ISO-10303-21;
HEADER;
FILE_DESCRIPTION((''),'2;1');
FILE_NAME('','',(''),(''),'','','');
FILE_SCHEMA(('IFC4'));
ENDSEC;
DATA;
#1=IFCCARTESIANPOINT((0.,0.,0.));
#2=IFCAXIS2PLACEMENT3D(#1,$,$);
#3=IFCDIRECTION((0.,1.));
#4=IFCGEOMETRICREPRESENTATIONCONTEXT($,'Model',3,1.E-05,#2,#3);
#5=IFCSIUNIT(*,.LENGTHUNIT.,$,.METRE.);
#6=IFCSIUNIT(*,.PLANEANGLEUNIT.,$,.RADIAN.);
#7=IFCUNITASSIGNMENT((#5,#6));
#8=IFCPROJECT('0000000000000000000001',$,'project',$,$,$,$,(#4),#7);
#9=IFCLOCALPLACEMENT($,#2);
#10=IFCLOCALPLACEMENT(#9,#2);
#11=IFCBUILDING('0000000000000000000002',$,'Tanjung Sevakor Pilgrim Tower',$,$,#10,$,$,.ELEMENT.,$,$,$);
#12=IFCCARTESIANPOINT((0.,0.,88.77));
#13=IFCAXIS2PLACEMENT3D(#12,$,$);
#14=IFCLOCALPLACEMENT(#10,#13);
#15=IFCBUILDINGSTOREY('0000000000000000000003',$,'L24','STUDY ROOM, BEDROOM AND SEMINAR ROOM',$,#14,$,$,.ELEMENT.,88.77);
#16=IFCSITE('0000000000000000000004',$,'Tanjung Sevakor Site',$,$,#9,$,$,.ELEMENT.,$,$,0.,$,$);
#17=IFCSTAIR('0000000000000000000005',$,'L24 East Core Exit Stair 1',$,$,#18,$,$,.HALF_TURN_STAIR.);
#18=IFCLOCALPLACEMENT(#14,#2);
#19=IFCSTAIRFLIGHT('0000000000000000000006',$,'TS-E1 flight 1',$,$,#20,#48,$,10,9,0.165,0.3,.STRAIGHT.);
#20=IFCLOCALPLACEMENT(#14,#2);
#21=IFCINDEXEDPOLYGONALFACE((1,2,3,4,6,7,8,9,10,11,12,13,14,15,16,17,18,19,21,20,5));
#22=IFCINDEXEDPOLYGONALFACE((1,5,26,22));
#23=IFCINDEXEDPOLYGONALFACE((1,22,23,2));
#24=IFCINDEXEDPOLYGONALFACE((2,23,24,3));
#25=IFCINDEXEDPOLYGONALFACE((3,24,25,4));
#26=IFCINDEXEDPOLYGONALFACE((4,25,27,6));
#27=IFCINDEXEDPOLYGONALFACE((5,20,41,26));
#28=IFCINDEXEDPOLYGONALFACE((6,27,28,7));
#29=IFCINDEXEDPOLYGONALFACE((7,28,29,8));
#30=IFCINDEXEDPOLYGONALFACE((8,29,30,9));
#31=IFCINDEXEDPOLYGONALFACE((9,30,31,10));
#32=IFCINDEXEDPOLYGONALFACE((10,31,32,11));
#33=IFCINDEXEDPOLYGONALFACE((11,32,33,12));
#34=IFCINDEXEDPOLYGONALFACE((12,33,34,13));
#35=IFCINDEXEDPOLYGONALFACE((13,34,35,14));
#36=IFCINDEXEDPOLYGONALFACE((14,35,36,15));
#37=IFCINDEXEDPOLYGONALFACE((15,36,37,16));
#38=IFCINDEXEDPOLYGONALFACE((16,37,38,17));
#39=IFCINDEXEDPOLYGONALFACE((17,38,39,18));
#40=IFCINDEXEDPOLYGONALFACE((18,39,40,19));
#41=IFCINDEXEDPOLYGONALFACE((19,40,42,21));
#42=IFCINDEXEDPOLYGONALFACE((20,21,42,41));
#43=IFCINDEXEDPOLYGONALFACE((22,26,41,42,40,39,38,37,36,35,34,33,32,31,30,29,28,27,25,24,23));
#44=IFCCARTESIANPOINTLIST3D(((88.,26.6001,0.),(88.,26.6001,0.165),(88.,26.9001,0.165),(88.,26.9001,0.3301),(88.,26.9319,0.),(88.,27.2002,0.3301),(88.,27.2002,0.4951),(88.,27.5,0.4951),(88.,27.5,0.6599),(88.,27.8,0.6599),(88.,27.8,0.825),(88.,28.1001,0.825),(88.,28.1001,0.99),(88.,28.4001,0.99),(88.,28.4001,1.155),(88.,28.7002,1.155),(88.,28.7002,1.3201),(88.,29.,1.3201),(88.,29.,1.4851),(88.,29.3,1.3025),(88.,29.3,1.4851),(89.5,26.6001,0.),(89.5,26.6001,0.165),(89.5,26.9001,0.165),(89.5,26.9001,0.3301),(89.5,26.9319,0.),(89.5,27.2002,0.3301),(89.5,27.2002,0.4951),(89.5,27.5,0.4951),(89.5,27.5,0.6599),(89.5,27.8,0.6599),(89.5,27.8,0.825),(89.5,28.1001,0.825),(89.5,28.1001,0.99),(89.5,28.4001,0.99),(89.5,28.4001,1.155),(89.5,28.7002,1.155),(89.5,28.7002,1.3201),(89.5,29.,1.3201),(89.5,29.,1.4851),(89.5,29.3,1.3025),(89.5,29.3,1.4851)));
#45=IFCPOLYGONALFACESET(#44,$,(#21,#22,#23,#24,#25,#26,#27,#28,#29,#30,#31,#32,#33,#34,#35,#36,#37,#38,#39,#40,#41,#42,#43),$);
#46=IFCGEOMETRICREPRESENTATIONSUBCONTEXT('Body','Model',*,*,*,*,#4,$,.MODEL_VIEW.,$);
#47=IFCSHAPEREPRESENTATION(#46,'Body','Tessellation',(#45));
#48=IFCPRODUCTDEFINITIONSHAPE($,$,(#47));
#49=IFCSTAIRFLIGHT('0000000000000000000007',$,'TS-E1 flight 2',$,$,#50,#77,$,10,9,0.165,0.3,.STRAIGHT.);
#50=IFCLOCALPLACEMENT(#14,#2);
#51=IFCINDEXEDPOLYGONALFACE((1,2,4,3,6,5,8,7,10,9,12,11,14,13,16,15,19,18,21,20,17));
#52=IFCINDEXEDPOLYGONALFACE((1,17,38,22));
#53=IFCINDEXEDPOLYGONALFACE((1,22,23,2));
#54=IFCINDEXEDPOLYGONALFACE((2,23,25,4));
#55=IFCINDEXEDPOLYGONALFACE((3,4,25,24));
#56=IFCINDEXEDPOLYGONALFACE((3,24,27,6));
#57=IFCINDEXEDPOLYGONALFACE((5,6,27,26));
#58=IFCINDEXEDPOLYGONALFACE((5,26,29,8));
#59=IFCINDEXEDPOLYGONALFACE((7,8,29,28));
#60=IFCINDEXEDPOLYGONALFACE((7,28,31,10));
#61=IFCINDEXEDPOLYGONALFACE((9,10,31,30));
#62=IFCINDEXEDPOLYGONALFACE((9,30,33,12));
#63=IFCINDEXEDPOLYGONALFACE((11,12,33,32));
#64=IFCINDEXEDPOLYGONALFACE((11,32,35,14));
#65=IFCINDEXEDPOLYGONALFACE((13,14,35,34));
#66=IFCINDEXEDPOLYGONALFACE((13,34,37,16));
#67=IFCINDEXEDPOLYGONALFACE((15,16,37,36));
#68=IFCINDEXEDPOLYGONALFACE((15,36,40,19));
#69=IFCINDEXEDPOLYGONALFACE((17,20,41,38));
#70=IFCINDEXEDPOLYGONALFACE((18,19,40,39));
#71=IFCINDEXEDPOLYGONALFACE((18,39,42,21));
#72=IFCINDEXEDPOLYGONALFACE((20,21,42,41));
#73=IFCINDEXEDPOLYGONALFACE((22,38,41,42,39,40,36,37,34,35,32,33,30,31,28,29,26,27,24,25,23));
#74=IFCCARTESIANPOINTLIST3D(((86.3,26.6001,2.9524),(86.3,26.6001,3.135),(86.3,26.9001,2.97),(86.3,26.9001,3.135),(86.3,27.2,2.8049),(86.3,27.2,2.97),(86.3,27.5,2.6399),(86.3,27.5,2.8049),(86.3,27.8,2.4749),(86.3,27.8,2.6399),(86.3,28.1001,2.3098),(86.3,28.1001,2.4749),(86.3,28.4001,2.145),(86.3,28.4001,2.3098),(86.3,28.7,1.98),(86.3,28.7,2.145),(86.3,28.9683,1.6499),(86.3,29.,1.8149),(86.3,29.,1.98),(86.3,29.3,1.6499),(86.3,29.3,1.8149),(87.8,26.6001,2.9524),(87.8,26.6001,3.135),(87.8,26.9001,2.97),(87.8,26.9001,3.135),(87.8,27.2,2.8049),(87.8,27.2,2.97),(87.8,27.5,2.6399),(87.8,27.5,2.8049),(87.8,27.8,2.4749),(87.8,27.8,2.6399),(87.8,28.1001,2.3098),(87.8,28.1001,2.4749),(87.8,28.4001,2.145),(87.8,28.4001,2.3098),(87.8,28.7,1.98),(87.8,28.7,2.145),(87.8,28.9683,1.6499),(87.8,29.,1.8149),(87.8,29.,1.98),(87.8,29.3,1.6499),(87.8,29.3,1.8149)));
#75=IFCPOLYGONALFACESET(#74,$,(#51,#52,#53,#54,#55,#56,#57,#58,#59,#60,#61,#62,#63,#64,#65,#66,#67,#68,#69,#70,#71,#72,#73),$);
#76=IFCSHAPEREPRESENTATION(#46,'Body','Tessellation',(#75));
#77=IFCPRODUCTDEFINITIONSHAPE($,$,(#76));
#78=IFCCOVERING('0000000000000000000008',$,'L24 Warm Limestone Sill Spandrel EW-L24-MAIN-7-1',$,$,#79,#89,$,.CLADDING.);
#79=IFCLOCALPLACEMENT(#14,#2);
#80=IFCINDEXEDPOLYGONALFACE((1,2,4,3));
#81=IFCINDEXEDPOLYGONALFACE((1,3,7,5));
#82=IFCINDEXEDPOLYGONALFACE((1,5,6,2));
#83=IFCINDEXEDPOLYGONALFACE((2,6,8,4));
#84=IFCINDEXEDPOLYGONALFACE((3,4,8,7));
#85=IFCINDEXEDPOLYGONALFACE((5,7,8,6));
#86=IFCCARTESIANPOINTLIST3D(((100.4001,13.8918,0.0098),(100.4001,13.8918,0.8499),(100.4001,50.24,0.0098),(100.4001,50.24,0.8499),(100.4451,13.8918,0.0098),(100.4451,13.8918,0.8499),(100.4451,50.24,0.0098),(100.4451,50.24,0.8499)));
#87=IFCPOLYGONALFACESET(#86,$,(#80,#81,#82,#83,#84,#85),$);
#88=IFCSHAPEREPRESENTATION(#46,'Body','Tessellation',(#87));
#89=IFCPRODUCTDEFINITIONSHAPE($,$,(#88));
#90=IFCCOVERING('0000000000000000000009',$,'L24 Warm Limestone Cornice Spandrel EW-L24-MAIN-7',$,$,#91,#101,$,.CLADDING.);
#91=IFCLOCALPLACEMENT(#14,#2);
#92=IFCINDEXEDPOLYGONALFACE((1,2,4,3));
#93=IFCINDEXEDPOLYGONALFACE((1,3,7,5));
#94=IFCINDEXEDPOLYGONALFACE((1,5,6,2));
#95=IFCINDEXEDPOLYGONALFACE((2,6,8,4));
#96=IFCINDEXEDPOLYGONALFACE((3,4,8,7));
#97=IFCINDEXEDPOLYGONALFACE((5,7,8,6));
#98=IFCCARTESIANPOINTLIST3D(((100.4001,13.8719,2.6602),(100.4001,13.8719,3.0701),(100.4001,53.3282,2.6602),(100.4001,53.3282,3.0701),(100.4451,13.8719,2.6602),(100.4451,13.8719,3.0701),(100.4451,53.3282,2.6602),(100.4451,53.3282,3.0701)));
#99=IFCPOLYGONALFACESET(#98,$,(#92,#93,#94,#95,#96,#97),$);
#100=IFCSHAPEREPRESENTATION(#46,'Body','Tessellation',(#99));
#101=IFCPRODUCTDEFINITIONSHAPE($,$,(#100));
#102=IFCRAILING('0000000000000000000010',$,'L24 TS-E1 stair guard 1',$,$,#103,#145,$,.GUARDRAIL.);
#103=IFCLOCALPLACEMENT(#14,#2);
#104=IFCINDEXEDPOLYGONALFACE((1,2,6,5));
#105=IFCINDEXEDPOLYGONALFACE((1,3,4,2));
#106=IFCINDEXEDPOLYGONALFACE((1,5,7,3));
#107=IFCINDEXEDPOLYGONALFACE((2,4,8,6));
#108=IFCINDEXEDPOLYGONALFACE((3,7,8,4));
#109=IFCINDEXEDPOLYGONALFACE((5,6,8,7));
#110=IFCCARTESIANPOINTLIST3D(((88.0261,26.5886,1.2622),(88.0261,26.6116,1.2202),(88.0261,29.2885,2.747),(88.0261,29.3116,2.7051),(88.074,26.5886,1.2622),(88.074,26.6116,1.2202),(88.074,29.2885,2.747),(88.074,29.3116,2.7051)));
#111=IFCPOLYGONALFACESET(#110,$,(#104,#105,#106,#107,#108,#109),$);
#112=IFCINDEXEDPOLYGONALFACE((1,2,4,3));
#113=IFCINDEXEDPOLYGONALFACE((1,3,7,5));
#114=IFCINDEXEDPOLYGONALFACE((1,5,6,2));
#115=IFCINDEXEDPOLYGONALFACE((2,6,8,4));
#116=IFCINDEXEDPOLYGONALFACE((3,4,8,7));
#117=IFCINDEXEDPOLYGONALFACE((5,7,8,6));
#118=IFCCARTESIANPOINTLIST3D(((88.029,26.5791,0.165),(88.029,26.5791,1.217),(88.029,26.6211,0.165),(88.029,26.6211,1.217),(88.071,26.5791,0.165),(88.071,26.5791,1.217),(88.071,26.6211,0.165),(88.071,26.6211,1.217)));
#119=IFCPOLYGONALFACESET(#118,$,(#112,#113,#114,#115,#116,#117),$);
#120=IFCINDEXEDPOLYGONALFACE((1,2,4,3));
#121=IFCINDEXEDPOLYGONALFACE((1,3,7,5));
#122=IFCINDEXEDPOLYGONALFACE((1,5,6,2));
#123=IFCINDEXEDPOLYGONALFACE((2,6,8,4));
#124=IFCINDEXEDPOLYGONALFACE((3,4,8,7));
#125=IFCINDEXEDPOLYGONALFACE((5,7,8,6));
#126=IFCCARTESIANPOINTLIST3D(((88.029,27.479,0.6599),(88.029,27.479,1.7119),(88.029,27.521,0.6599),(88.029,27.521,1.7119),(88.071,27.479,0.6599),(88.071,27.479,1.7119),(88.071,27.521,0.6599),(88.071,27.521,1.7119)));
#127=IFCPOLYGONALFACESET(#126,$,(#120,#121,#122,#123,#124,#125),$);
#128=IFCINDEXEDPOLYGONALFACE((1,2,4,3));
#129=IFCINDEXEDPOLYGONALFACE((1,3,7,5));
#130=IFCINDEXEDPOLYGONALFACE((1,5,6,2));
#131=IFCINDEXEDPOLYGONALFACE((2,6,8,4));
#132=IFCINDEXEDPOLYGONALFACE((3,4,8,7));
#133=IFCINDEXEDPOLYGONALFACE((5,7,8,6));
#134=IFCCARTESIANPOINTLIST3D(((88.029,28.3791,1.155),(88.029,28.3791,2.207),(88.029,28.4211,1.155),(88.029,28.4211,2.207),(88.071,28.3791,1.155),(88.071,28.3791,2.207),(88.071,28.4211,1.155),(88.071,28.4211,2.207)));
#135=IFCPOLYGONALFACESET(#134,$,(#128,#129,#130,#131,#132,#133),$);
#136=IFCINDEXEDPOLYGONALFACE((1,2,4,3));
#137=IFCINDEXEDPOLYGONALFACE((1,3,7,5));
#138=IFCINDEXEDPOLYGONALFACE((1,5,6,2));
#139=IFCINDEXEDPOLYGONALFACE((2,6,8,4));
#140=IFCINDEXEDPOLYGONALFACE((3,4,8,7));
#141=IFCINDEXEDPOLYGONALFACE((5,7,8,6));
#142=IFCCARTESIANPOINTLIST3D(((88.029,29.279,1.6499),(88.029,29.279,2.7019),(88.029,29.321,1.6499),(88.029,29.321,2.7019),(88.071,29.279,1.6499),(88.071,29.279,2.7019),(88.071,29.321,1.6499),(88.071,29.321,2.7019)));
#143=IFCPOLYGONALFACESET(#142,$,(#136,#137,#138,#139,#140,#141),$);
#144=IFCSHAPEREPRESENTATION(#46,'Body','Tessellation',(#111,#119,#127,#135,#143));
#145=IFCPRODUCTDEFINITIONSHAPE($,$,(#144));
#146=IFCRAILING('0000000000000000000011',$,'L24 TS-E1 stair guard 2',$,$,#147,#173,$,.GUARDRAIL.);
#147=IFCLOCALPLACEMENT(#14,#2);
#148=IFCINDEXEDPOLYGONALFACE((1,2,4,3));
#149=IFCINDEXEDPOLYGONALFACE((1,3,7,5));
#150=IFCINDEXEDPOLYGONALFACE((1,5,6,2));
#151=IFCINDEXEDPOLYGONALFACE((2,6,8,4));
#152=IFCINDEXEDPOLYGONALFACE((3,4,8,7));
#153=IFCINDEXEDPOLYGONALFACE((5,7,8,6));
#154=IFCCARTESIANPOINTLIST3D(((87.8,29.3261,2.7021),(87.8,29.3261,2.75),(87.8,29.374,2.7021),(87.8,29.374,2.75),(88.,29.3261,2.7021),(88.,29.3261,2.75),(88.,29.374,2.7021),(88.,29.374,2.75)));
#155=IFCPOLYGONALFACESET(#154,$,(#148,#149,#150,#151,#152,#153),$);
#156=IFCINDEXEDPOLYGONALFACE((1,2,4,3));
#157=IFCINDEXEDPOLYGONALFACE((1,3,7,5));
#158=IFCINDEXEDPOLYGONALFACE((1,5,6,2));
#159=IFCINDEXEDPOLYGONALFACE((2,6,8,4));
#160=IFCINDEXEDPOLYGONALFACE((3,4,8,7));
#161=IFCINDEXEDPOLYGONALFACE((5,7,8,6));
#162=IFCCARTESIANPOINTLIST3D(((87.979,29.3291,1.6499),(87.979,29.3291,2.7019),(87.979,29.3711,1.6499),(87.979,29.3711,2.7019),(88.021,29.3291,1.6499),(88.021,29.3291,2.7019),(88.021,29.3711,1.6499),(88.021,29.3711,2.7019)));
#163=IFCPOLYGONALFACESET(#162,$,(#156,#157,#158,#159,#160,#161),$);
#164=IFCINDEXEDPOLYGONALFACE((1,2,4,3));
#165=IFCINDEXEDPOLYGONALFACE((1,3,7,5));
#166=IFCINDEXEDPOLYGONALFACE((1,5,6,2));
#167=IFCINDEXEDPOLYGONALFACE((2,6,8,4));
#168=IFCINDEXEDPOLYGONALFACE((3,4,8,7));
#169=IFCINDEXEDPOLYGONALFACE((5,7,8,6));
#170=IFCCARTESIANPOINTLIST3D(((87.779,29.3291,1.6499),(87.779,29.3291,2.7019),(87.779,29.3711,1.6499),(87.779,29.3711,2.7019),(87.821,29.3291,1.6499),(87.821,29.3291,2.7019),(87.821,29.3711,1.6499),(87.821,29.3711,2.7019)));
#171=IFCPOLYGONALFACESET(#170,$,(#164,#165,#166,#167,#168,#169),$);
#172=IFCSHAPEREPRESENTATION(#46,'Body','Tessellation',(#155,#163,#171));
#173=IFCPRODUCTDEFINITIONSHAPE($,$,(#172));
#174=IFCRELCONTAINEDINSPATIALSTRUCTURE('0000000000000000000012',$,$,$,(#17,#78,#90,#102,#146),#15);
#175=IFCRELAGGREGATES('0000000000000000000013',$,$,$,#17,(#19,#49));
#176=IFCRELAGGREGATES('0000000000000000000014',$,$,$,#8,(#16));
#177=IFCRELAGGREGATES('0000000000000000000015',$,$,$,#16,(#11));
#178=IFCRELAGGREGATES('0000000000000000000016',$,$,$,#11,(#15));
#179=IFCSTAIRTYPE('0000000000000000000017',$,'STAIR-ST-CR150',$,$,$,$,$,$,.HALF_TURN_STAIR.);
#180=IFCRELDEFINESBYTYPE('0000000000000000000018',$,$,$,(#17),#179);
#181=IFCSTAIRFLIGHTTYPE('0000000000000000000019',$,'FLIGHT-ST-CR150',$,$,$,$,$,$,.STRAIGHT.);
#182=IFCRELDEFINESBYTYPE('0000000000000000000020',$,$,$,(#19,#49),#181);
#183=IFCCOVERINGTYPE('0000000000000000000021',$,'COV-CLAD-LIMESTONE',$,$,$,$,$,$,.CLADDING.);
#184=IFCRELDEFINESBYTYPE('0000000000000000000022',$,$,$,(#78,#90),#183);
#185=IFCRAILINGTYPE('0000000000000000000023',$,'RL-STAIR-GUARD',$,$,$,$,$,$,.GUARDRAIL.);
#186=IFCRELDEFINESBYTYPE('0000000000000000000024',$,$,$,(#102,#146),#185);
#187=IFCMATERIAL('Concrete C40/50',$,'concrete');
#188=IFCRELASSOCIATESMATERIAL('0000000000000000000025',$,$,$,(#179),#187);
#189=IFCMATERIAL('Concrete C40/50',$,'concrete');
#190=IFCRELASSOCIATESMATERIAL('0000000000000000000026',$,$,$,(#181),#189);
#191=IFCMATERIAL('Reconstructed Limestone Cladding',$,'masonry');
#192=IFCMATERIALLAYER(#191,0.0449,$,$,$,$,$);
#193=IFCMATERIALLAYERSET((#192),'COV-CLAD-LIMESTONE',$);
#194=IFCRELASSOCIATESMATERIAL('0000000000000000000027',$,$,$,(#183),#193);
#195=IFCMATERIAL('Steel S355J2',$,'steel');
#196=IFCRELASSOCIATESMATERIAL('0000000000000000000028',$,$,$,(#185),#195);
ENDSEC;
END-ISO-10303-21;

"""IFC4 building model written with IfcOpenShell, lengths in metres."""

from ifc_helpers import new_model, si_unit, direction, frame, origin, origin_2d, place, context, subcontext, project, spatial, polyline, rectangle, outline, extrude, material, layer, layer_set, type_object, element, aggregate, save


model = new_model("IFC4")

# Units and contexts
model_context = context("Model", 3, precision=1e-05, world=origin(), true_north=direction((0.0, 1.0)))
body_context = subcontext(model_context, "Body", "Model", "MODEL_VIEW")
ifc_project = project(units=[si_unit("LENGTHUNIT", "METRE"), si_unit("PLANEANGLEUNIT", "RADIAN")], contexts=[model_context])

# Site, building, storey
site_placement = place(None, origin())
site = spatial("IfcSite", under=ifc_project, at=site_placement, Name="Tanjung Sevakor Site", CompositionType="ELEMENT", RefElevation=0.0)
building_placement = place(site_placement, origin())
building = spatial("IfcBuilding", under=site, at=building_placement, Name="Tanjung Sevakor Pilgrim Tower", CompositionType="ELEMENT")
storey_placement = place(building_placement, frame((0.0, 0.0, 88.77)))
storey = spatial("IfcBuildingStorey", under=building, at=storey_placement, Name="L24", Description="STUDY ROOM, BEDROOM AND SEMINAR ROOM", CompositionType="ELEMENT", Elevation=88.77)

# Stair, stair flights
ifc_material_1 = material(Name="Concrete C40/50", Category="concrete")
stair_type = type_object("IfcStairType", Name="STAIR-ST-CR150", PredefinedType="HALF_TURN_STAIR", material=ifc_material_1)
stair_placement = place(storey_placement, origin())
stair = element("IfcStair", 1, at=stair_placement, inside=storey, type_object=stair_type, Name="L24 East Core Exit Stair 1", PredefinedType="HALF_TURN_STAIR")
ifc_material_2 = material(Name="Concrete C40/50", Category="concrete")
stair_flight_type = type_object("IfcStairFlightType", Name="FLIGHT-ST-CR150", PredefinedType="STRAIGHT", material=ifc_material_2)
stair_flight_1_placement = place(storey_placement, frame((88.75, 26.6001, 0.0), z_axis=(0.0, 0.0, 1.0), x_axis=(0.0, 1.0, 0.0)))
stair_flight_1 = element("IfcStairFlight", 2, at=stair_flight_1_placement, type_object=stair_flight_type, Name="TS-E1 flight 1", NumberOfRisers=10, NumberOfTreads=9, PredefinedType="STRAIGHT", RiserHeight=0.165, TreadLength=0.3, context=body_context, shape_type="SweptSolid", body=[
    extrude(outline(polyline([(0.0, 0.0), (0.0, 0.165), (0.3, 0.165), (0.3, 0.3301), (0.6001, 0.3301), (0.6001, 0.4951), (0.8999, 0.4951), (0.8999, 0.6599), (1.2, 0.6599), (1.2, 0.825), (1.5, 0.825), (1.5, 0.99), (1.8, 0.99), (1.8, 1.155), (2.1001, 1.155), (2.1001, 1.3201), (2.3999, 1.3201), (2.3999, 1.4851), (2.7, 1.4851), (2.7, 1.6499), (2.7, 1.3025), (0.3318, 0.0), (0.0, 0.0)])), frame((0.0, 0.75, 0.0), z_axis=(0.0, -1.0, 0.0), x_axis=(1.0, 0.0, 0.0)), (0.0, 0.0, 1.0), 1.5),
])
stair_flight_2_placement = place(storey_placement, frame((87.05, 29.3, 1.6499), z_axis=(0.0, 0.0, 1.0), x_axis=(0.0, -1.0, 0.0)))
stair_flight_2 = element("IfcStairFlight", 3, at=stair_flight_2_placement, type_object=stair_flight_type, Name="TS-E1 flight 2", NumberOfRisers=10, NumberOfTreads=9, PredefinedType="STRAIGHT", RiserHeight=0.165, TreadLength=0.3, context=body_context, shape_type="SweptSolid", body=[
    extrude(outline(polyline([(0.0, 0.0), (0.0, 0.165), (0.3, 0.165), (0.3, 0.3301), (0.6001, 0.3301), (0.6001, 0.4951), (0.8999, 0.4951), (0.8999, 0.6599), (1.2, 0.6599), (1.2, 0.825), (1.5, 0.825), (1.5, 0.99), (1.8, 0.99), (1.8, 1.155), (2.1001, 1.155), (2.1001, 1.3201), (2.3999, 1.3201), (2.3999, 1.4851), (2.7, 1.4851), (2.7, 1.6499), (2.7, 1.3025), (0.3318, 0.0), (0.0, 0.0)])), frame((0.0, 0.75, 0.0), z_axis=(0.0, -1.0, 0.0), x_axis=(1.0, 0.0, 0.0)), (0.0, 0.0, 1.0), 1.5),
])
aggregate(stair, [stair_flight_1, stair_flight_2])

# Coverings
ifc_material_3 = material(Name="Reconstructed Limestone Cladding", Category="masonry")
ifc_layer_1 = layer(ifc_material_3, 0.0449)
ifc_layer_set_1 = layer_set([ifc_layer_1], Name="COV-CLAD-LIMESTONE")
covering_type = type_object("IfcCoveringType", Name="COV-CLAD-LIMESTONE", PredefinedType="CLADDING", material=ifc_layer_set_1)
covering_1_placement = place(storey_placement, frame((100.4226, 32.0659, 0.0098), z_axis=(0.0, 0.0, 1.0), x_axis=(0.0, 1.0, 0.0)))
element("IfcCovering", 4, at=covering_1_placement, inside=storey, type_object=covering_type, Name="L24 Warm Limestone Sill Spandrel EW-L24-MAIN-7-1", PredefinedType="CLADDING", context=body_context, shape_type="SweptSolid", body=[
    extrude(rectangle(XDim=36.3481, YDim=0.0449, at=origin_2d()), origin(), (0.0, 0.0, 1.0), 0.8401),
])
covering_2_placement = place(storey_placement, frame((100.4226, 33.6001, 2.6602), z_axis=(0.0, 0.0, 1.0), x_axis=(0.0, 1.0, 0.0)))
element("IfcCovering", 5, at=covering_2_placement, inside=storey, type_object=covering_type, Name="L24 Warm Limestone Cornice Spandrel EW-L24-MAIN-7", PredefinedType="CLADDING", context=body_context, shape_type="SweptSolid", body=[
    extrude(rectangle(XDim=39.4563, YDim=0.0449, at=origin_2d()), origin(), (0.0, 0.0, 1.0), 0.4099),
])

# Railings
ifc_material_4 = material(Name="Steel S355J2", Category="steel")
railing_type_1 = type_object("IfcRailingType", Name="RL-STAIR-GUARD", PredefinedType="GUARDRAIL", material=ifc_material_4)
railing_1_placement = place(storey_placement, frame((88.05, 26.6001, 0.165)))
element("IfcRailing", 6, at=railing_1_placement, inside=storey, type_object=railing_type_1, Name="L24 TS-E1 stair guard 1", PredefinedType="GUARDRAIL", context=body_context, shape_type="SweptSolid", body=[
    extrude(rectangle(XDim=0.0479, YDim=0.0479), frame((0.0, 0.0, 1.0762), z_axis=(0.0, 0.876231, 0.481891), x_axis=(-1.0, 0.0, 0.0)), (0.0, 0.0, 1.0), 3.0813),
    extrude(rectangle(XDim=0.042, YDim=0.042), origin(), (0.0, 0.0, 1.0), 1.052),
    extrude(rectangle(XDim=0.042, YDim=0.042), frame((0.0, 0.8999, 0.4949)), (0.0, 0.0, 1.0), 1.052),
    extrude(rectangle(XDim=0.042, YDim=0.042), frame((0.0, 1.8, 0.99)), (0.0, 0.0, 1.0), 1.052),
    extrude(rectangle(XDim=0.042, YDim=0.042), frame((0.0, 2.7, 1.4849)), (0.0, 0.0, 1.0), 1.052),
])
railing_2_placement = place(storey_placement, frame((88.0, 29.3501, 1.6499)))
element("IfcRailing", 7, at=railing_2_placement, inside=storey, type_object=railing_type_1, Name="L24 TS-E1 stair guard 2", PredefinedType="GUARDRAIL", context=body_context, shape_type="SweptSolid", body=[
    extrude(rectangle(XDim=0.0479, YDim=0.0479), frame((0.0, 0.0, 1.0762), z_axis=(-1.0, 0.0, 0.0), x_axis=(0.0, -1.0, 0.0)), (0.0, 0.0, 1.0), 0.2),
    extrude(rectangle(XDim=0.042, YDim=0.042), origin(), (0.0, 0.0, 1.0), 1.052),
    extrude(rectangle(XDim=0.042, YDim=0.042), frame((-0.2, 0.0, 0.0)), (0.0, 0.0, 1.0), 1.052),
])

save(model, "model.ifc")
